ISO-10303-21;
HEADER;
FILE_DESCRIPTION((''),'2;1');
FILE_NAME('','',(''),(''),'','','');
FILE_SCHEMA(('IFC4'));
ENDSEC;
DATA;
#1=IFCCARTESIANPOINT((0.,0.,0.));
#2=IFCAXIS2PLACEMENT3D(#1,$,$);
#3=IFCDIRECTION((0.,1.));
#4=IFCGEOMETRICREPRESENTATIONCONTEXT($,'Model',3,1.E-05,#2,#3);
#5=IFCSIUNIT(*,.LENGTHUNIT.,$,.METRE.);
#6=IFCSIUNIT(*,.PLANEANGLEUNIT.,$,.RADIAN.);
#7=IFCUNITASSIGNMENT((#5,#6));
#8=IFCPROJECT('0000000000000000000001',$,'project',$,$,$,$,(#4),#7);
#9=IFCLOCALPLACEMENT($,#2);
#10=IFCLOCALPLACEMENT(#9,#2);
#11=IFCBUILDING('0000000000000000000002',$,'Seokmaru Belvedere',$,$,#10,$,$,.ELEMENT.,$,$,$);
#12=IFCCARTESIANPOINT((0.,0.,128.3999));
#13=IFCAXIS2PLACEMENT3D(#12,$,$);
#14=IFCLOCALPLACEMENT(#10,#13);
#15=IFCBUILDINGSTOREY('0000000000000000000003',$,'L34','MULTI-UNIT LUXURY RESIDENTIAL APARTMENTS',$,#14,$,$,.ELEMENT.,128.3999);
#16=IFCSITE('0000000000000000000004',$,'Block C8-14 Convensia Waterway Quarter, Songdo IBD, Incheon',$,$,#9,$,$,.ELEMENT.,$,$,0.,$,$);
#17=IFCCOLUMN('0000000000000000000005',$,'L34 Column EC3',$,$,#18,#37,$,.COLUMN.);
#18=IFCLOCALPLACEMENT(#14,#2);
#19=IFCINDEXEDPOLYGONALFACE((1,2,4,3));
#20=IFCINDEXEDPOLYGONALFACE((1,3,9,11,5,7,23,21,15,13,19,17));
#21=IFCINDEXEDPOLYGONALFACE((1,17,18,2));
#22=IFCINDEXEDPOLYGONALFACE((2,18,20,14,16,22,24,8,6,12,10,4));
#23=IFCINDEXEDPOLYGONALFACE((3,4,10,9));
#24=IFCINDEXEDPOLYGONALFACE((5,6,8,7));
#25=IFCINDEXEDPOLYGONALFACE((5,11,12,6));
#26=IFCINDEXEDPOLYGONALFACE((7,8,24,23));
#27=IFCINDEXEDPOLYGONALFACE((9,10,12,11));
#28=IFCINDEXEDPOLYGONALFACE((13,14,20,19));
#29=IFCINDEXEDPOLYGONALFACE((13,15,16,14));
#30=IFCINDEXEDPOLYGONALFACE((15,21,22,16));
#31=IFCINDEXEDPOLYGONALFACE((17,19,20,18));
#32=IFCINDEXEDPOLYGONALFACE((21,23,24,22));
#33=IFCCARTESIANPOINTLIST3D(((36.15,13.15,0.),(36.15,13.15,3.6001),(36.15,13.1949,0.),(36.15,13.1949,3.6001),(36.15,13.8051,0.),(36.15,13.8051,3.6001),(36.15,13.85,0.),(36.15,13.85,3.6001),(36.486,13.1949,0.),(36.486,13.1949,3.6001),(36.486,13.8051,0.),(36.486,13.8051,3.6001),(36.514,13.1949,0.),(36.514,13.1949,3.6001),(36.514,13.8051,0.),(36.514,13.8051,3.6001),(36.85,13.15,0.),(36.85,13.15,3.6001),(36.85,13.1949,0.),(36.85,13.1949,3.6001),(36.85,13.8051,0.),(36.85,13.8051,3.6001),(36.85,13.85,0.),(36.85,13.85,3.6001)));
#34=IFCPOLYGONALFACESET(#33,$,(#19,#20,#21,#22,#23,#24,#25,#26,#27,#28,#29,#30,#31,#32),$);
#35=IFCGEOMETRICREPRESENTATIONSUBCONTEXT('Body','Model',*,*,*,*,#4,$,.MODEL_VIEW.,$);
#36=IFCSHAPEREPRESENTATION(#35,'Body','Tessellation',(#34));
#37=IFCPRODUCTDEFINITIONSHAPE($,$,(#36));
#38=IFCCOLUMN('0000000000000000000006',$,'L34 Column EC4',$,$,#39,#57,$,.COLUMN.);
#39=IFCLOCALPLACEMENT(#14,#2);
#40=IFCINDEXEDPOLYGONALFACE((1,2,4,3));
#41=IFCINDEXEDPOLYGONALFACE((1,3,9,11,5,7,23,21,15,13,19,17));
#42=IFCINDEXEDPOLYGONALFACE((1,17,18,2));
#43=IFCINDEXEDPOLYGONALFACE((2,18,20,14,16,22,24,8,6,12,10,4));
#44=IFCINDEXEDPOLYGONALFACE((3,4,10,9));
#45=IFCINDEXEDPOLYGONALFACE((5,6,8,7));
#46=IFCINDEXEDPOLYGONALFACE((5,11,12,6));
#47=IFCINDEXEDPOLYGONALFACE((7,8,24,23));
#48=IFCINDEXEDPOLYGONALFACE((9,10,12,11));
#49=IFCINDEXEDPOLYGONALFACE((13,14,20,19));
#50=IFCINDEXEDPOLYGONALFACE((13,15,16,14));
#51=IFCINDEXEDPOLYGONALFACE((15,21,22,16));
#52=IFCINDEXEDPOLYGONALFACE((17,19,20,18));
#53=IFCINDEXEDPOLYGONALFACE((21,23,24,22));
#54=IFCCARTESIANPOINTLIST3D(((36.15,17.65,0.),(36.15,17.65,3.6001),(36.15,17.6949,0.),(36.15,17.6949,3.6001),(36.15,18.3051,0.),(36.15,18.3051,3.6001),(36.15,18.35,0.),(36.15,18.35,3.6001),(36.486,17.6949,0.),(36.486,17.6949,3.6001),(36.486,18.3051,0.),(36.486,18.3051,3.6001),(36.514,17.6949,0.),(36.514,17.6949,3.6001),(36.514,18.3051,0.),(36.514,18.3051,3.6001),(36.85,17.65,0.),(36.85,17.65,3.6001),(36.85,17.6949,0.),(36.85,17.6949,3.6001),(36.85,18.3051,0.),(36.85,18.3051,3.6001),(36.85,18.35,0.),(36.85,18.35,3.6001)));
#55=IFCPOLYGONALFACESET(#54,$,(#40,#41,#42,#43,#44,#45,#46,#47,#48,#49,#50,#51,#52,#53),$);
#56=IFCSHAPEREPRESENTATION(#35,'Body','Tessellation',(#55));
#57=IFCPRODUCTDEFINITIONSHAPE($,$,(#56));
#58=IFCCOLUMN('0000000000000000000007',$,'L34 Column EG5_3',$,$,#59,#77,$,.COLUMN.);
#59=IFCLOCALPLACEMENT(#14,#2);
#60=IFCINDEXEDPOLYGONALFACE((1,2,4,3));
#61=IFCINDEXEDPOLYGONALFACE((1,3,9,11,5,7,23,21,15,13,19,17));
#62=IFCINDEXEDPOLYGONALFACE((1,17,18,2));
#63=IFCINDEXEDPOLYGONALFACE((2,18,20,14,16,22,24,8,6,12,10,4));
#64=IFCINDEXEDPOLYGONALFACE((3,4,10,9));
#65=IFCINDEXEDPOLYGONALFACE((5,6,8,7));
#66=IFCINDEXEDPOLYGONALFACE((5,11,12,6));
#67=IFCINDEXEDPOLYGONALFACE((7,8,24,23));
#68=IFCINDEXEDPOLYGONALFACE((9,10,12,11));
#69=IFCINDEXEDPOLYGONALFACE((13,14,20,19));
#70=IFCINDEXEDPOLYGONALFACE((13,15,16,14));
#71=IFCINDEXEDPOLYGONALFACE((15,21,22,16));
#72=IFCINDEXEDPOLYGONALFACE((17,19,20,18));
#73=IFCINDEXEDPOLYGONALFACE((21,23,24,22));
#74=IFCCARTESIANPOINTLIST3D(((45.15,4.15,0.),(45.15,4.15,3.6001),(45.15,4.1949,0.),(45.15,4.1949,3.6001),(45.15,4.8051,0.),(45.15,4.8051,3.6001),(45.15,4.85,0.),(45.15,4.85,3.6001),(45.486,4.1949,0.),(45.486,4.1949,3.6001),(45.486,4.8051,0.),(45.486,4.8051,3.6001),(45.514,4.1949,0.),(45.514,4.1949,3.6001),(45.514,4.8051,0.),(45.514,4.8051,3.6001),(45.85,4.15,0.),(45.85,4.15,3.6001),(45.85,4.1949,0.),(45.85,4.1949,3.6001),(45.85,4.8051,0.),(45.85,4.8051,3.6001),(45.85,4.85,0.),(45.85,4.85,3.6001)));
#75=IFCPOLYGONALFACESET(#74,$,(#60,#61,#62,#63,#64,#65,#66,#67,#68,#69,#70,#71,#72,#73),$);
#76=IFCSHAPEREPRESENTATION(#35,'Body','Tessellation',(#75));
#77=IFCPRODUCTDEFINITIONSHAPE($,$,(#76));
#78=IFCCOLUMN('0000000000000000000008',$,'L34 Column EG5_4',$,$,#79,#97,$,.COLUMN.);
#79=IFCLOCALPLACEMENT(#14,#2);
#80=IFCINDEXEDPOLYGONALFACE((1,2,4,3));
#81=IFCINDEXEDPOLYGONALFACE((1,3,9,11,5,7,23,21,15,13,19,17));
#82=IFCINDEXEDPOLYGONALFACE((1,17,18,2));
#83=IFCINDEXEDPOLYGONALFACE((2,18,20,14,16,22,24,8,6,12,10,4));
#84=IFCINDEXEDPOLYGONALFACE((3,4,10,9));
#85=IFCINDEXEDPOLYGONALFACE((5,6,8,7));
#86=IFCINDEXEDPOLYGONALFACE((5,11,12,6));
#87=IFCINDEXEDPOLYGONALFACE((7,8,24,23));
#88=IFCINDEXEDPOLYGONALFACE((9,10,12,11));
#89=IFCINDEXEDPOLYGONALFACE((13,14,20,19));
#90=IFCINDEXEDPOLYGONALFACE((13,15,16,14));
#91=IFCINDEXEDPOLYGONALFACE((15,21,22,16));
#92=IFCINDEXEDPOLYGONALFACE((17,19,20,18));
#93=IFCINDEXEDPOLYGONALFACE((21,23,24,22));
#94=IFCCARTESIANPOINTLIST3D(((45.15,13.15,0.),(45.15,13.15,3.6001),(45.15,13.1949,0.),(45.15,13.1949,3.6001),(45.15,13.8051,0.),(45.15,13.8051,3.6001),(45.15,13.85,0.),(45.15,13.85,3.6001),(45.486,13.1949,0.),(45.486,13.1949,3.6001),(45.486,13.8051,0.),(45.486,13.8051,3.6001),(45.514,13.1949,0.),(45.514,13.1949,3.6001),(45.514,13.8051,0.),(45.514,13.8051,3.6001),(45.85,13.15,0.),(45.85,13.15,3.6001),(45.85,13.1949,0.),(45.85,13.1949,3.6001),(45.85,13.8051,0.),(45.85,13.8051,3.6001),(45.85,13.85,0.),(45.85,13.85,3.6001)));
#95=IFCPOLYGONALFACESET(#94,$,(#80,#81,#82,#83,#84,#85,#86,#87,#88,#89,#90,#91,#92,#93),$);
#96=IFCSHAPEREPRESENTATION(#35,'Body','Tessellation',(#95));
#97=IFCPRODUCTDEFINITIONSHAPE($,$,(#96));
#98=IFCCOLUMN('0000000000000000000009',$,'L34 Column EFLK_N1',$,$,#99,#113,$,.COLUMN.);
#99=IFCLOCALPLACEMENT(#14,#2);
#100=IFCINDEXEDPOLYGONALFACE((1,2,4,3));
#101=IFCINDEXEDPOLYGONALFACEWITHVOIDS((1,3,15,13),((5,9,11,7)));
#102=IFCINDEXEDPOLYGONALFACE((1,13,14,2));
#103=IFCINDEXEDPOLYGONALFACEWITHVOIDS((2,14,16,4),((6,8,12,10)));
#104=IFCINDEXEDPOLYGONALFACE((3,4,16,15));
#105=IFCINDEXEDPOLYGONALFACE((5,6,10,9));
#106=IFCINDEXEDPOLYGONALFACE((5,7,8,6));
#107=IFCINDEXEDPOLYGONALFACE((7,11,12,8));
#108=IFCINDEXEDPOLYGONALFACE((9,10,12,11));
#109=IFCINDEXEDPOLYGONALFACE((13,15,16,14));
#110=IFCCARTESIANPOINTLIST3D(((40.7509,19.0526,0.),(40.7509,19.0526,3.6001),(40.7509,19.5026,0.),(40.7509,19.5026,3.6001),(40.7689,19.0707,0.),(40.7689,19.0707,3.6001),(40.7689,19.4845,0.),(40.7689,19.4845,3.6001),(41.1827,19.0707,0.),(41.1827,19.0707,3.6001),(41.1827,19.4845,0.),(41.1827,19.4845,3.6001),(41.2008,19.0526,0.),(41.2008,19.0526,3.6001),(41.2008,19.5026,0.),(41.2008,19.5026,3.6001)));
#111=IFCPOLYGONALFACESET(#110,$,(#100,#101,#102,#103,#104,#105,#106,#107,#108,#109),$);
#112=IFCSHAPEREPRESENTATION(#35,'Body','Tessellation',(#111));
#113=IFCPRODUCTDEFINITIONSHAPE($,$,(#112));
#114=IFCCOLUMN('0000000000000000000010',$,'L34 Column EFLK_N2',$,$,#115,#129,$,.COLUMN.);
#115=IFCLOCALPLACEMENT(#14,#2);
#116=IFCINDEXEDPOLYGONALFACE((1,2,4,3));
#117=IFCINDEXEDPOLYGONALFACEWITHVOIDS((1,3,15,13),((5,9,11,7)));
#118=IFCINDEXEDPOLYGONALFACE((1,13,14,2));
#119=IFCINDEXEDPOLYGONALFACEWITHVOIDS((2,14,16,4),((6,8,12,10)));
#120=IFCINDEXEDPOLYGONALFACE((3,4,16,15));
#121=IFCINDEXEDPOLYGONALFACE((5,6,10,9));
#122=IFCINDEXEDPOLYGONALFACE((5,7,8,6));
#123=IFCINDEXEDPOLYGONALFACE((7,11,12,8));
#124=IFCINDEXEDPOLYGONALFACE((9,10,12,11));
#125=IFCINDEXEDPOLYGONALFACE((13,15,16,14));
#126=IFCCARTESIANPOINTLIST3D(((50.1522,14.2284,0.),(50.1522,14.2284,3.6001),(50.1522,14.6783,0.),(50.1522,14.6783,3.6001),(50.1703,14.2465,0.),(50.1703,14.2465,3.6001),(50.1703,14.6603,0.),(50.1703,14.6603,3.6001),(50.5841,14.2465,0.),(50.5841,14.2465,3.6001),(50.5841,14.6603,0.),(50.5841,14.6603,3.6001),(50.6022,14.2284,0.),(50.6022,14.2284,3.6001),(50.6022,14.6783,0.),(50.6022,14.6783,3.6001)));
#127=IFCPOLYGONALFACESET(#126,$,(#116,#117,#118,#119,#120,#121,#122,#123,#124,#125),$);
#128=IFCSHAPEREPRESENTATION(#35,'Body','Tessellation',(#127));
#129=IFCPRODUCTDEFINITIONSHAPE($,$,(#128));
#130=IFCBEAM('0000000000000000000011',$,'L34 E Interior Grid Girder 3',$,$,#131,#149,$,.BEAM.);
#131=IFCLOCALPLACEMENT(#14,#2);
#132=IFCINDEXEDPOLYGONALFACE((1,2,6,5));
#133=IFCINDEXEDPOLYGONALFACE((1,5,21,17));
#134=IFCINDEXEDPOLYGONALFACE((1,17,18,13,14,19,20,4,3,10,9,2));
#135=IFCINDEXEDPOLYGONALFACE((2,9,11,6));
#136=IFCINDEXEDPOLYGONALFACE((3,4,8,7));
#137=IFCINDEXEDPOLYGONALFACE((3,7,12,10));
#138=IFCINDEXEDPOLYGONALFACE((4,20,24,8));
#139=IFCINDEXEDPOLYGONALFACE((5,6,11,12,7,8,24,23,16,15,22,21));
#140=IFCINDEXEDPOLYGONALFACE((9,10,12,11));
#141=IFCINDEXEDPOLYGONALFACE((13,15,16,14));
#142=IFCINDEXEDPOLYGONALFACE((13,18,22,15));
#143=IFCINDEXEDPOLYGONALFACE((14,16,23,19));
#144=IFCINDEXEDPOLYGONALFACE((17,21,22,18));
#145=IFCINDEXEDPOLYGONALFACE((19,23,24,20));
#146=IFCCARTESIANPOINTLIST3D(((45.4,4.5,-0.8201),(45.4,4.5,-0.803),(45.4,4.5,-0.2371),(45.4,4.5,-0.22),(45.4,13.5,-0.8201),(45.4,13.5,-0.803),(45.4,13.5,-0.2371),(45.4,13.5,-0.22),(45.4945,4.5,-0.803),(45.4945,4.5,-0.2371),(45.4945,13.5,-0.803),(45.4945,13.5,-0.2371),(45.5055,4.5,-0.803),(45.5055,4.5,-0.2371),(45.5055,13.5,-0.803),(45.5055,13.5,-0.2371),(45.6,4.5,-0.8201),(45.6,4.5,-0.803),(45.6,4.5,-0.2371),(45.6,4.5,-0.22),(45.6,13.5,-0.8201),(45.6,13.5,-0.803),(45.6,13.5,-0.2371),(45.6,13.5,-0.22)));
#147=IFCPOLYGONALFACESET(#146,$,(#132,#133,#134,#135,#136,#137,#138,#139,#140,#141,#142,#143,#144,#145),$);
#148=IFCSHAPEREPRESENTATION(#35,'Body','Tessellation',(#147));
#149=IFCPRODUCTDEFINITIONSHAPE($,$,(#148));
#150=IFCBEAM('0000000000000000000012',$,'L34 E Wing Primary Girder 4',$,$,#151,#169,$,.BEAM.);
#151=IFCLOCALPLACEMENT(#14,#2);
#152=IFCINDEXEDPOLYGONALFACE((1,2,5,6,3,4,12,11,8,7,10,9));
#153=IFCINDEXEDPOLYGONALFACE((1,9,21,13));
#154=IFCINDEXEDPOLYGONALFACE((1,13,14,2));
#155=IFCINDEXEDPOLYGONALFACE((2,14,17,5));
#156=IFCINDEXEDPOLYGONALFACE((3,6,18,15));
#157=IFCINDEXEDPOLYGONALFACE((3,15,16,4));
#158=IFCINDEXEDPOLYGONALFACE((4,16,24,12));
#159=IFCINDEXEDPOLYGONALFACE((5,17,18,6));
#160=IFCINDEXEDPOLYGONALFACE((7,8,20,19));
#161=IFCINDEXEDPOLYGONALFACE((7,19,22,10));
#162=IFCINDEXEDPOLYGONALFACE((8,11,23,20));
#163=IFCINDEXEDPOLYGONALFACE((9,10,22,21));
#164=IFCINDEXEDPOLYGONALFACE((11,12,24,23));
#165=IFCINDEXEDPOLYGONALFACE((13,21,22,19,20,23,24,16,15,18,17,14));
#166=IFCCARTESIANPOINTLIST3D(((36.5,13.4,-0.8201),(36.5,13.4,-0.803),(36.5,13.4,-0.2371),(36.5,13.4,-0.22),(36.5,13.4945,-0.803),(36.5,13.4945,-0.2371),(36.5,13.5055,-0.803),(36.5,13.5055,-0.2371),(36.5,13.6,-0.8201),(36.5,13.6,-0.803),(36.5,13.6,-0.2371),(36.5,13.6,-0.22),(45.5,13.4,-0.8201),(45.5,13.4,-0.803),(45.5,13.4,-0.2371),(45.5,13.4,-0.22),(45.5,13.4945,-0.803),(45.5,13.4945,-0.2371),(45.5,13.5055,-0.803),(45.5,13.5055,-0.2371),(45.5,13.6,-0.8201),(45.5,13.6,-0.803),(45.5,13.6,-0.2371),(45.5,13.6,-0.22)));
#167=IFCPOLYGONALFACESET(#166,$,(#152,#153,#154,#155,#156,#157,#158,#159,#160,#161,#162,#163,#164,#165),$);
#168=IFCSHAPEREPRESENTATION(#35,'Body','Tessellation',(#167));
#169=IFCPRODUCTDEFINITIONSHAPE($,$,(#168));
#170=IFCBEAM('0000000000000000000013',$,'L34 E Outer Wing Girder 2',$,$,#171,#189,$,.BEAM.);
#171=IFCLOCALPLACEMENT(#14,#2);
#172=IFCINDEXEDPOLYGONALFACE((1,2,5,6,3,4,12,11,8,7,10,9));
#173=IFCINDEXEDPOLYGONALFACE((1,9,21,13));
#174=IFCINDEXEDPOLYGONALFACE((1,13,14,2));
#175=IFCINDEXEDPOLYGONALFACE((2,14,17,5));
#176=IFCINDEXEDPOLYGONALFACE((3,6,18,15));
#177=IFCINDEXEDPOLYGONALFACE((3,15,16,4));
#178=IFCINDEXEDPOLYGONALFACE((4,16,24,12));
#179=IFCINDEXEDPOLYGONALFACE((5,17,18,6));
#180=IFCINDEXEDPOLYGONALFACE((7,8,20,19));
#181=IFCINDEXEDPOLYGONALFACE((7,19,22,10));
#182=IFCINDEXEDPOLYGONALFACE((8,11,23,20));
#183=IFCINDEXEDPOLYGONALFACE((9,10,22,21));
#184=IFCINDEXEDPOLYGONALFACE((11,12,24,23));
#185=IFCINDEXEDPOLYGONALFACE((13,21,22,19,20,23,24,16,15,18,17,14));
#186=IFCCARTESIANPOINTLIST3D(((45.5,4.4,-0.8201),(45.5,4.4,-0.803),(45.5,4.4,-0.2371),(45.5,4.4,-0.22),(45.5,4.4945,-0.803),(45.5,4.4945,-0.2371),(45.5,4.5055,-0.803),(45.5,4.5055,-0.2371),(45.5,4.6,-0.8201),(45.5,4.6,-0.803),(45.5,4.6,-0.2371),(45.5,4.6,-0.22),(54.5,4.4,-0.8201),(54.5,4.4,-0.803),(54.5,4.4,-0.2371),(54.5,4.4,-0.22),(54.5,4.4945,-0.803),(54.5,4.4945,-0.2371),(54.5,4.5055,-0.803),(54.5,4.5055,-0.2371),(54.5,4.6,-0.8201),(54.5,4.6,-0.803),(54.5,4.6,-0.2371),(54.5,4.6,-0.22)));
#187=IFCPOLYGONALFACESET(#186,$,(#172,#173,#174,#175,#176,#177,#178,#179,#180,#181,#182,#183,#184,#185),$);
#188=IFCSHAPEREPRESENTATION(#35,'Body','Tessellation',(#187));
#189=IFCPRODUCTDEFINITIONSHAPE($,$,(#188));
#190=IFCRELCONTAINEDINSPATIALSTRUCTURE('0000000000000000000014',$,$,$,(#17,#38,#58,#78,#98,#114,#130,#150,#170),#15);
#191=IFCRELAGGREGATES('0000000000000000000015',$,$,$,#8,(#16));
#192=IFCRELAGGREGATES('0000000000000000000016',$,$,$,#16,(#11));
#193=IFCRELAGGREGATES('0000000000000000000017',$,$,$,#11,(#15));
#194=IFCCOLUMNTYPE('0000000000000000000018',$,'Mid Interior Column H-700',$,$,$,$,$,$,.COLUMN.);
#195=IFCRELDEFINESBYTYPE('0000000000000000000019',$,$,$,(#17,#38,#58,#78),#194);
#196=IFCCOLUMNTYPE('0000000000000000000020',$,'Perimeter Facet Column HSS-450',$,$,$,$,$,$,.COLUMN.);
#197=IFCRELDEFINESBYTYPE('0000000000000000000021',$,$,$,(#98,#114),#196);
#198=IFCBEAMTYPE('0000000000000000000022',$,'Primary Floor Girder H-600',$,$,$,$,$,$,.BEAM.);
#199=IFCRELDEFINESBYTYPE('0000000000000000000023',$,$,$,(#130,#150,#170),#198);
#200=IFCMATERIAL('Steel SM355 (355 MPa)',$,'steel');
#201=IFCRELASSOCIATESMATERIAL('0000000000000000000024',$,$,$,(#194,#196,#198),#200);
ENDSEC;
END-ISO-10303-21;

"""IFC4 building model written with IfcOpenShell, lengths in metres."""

from ifc_helpers import new_model, si_unit, direction, frame, origin, origin_2d, place, context, subcontext, project, spatial, hollow_rectangle, i_section, extrude, source, transform, mapped, material, material_profile, profile_set, type_object, type_shapes, element, save


model = new_model("IFC4")

# Units and contexts
model_context = context("Model", 3, precision=1e-05, world=origin(), true_north=direction((0.0, 1.0)))
body_context = subcontext(model_context, "Body", "Model", "MODEL_VIEW")
ifc_project = project(units=[si_unit("LENGTHUNIT", "METRE"), si_unit("PLANEANGLEUNIT", "RADIAN")], contexts=[model_context])

# Site, building, storey
site_placement = place(None, origin())
site = spatial("IfcSite", under=ifc_project, at=site_placement, Name="Block C8-14 Convensia Waterway Quarter, Songdo IBD, Incheon", CompositionType="ELEMENT", RefElevation=0.0)
building_placement = place(site_placement, origin())
building = spatial("IfcBuilding", under=site, at=building_placement, Name="Seokmaru Belvedere", CompositionType="ELEMENT")
storey_placement = place(building_placement, frame((0.0, 0.0, 128.3999)))
storey = spatial("IfcBuildingStorey", under=building, at=storey_placement, Name="L34", Description="MULTI-UNIT LUXURY RESIDENTIAL APARTMENTS", CompositionType="ELEMENT", Elevation=128.3999)

# Columns
ifc_material_1 = material(Name="Steel SM355 (355 MPa)", Category="steel")
ifc_material_profile_1 = material_profile(ifc_material_1, i_section(OverallWidth=0.7, OverallDepth=0.7, WebThickness=0.0281, FlangeThickness=0.0449, at=origin_2d()), Name="H-700x700x28x45")
ifc_profile_set_1 = profile_set([ifc_material_profile_1], Name="Steel SM355 (355 MPa)")
column_type_1 = type_object("IfcColumnType", Name="Mid Interior Column H-700", PredefinedType="COLUMN", material=ifc_profile_set_1)
shared_shape_1 = source(origin(), body_context, "Body", "SweptSolid", [
    extrude(i_section(OverallWidth=0.7, OverallDepth=0.7, WebThickness=0.0281, FlangeThickness=0.0449, at=origin_2d()), origin(), (0.0, 0.0, 1.0), 3.6001),
])
type_shapes(column_type_1, [shared_shape_1])
for number, where, z_axis, x_axis, name in (
    (1, (36.5, 13.5, 0.0), (0.0, 0.0, 1.0), (1.0, 0.0, 0.0), "L34 Column EC3"),
    (2, (36.5, 18.0, 0.0), (0.0, 0.0, 1.0), (1.0, 0.0, 0.0), "L34 Column EC4"),
    (3, (45.5, 4.5, 0.0), (0.0, 0.0, 1.0), (1.0, 0.0, 0.0), "L34 Column EG5_3"),
    (4, (45.5, 13.5, 0.0), (0.0, 0.0, 1.0), (1.0, 0.0, 0.0), "L34 Column EG5_4"),
):
    element("IfcColumn", number, at=place(storey_placement, frame(where, z_axis=z_axis, x_axis=x_axis)), inside=storey, type_object=column_type_1, Name=name, PredefinedType="COLUMN", context=body_context, shape_type="MappedRepresentation", body=[
        mapped(shared_shape_1, transform((0.0, 0.0, 0.0), scale=1.0)),
    ])
ifc_material_profile_2 = material_profile(ifc_material_1, hollow_rectangle(XDim=0.45, YDim=0.45, WallThickness=0.0181, at=origin_2d()), Name="HSS-450x450x18")
ifc_profile_set_2 = profile_set([ifc_material_profile_2], Name="Steel SM355 (355 MPa)")
column_type_2 = type_object("IfcColumnType", Name="Perimeter Facet Column HSS-450", PredefinedType="COLUMN", material=ifc_profile_set_2)
shared_shape_2 = source(origin(), body_context, "Body", "SweptSolid", [
    extrude(hollow_rectangle(XDim=0.45, YDim=0.45, WallThickness=0.0181, at=origin_2d()), origin(), (0.0, 0.0, 1.0), 3.6001),
])
type_shapes(column_type_2, [shared_shape_2])
for number, where, z_axis, x_axis, name in (
    (5, (40.9758, 19.2776, 0.0), (0.0, 0.0, 1.0), (1.0, 0.0, 0.0), "L34 Column EFLK_N1"),
    (6, (50.3772, 14.4534, 0.0), (0.0, 0.0, 1.0), (1.0, 0.0, 0.0), "L34 Column EFLK_N2"),
):
    element("IfcColumn", number, at=place(storey_placement, frame(where, z_axis=z_axis, x_axis=x_axis)), inside=storey, type_object=column_type_2, Name=name, PredefinedType="COLUMN", context=body_context, shape_type="MappedRepresentation", body=[
        mapped(shared_shape_2, transform((0.0, 0.0, 0.0), scale=1.0)),
    ])

# Beams
ifc_material_profile_3 = material_profile(ifc_material_1, i_section(OverallWidth=0.2, OverallDepth=0.6001, WebThickness=0.011, FlangeThickness=0.0171, at=origin_2d()), Name="H-600x200x11x17")
ifc_profile_set_3 = profile_set([ifc_material_profile_3], Name="Steel SM355 (355 MPa)")
beam_type_1 = type_object("IfcBeamType", Name="Primary Floor Girder H-600", PredefinedType="BEAM", material=ifc_profile_set_3)
shared_shape_3 = source(origin(), body_context, "Body", "SweptSolid", [
    extrude(i_section(OverallWidth=0.2, OverallDepth=0.6001, WebThickness=0.011, FlangeThickness=0.0171, at=origin_2d()), origin(), (0.0, 0.0, 1.0), 9.0),
])
for number, where, z_axis, x_axis, name in (
    (7, (45.5, 4.5, -0.52), (0.0, 1.0, 0.0), (-1.0, 0.0, 0.0), "L34 E Interior Grid Girder 3"),
    (8, (36.5, 13.5, -0.52), (1.0, 0.0, 0.0), (0.0, 1.0, 0.0), "L34 E Wing Primary Girder 4"),
    (9, (45.5, 4.5, -0.52), (1.0, 0.0, 0.0), (0.0, 1.0, 0.0), "L34 E Outer Wing Girder 2"),
):
    element("IfcBeam", number, at=place(storey_placement, frame(where, z_axis=z_axis, x_axis=x_axis)), inside=storey, type_object=beam_type_1, Name=name, PredefinedType="BEAM", context=body_context, shape_type="MappedRepresentation", body=[
        mapped(shared_shape_3, transform((0.0, 0.0, 0.0), scale=1.0)),
    ])

save(model, "model.ifc")
